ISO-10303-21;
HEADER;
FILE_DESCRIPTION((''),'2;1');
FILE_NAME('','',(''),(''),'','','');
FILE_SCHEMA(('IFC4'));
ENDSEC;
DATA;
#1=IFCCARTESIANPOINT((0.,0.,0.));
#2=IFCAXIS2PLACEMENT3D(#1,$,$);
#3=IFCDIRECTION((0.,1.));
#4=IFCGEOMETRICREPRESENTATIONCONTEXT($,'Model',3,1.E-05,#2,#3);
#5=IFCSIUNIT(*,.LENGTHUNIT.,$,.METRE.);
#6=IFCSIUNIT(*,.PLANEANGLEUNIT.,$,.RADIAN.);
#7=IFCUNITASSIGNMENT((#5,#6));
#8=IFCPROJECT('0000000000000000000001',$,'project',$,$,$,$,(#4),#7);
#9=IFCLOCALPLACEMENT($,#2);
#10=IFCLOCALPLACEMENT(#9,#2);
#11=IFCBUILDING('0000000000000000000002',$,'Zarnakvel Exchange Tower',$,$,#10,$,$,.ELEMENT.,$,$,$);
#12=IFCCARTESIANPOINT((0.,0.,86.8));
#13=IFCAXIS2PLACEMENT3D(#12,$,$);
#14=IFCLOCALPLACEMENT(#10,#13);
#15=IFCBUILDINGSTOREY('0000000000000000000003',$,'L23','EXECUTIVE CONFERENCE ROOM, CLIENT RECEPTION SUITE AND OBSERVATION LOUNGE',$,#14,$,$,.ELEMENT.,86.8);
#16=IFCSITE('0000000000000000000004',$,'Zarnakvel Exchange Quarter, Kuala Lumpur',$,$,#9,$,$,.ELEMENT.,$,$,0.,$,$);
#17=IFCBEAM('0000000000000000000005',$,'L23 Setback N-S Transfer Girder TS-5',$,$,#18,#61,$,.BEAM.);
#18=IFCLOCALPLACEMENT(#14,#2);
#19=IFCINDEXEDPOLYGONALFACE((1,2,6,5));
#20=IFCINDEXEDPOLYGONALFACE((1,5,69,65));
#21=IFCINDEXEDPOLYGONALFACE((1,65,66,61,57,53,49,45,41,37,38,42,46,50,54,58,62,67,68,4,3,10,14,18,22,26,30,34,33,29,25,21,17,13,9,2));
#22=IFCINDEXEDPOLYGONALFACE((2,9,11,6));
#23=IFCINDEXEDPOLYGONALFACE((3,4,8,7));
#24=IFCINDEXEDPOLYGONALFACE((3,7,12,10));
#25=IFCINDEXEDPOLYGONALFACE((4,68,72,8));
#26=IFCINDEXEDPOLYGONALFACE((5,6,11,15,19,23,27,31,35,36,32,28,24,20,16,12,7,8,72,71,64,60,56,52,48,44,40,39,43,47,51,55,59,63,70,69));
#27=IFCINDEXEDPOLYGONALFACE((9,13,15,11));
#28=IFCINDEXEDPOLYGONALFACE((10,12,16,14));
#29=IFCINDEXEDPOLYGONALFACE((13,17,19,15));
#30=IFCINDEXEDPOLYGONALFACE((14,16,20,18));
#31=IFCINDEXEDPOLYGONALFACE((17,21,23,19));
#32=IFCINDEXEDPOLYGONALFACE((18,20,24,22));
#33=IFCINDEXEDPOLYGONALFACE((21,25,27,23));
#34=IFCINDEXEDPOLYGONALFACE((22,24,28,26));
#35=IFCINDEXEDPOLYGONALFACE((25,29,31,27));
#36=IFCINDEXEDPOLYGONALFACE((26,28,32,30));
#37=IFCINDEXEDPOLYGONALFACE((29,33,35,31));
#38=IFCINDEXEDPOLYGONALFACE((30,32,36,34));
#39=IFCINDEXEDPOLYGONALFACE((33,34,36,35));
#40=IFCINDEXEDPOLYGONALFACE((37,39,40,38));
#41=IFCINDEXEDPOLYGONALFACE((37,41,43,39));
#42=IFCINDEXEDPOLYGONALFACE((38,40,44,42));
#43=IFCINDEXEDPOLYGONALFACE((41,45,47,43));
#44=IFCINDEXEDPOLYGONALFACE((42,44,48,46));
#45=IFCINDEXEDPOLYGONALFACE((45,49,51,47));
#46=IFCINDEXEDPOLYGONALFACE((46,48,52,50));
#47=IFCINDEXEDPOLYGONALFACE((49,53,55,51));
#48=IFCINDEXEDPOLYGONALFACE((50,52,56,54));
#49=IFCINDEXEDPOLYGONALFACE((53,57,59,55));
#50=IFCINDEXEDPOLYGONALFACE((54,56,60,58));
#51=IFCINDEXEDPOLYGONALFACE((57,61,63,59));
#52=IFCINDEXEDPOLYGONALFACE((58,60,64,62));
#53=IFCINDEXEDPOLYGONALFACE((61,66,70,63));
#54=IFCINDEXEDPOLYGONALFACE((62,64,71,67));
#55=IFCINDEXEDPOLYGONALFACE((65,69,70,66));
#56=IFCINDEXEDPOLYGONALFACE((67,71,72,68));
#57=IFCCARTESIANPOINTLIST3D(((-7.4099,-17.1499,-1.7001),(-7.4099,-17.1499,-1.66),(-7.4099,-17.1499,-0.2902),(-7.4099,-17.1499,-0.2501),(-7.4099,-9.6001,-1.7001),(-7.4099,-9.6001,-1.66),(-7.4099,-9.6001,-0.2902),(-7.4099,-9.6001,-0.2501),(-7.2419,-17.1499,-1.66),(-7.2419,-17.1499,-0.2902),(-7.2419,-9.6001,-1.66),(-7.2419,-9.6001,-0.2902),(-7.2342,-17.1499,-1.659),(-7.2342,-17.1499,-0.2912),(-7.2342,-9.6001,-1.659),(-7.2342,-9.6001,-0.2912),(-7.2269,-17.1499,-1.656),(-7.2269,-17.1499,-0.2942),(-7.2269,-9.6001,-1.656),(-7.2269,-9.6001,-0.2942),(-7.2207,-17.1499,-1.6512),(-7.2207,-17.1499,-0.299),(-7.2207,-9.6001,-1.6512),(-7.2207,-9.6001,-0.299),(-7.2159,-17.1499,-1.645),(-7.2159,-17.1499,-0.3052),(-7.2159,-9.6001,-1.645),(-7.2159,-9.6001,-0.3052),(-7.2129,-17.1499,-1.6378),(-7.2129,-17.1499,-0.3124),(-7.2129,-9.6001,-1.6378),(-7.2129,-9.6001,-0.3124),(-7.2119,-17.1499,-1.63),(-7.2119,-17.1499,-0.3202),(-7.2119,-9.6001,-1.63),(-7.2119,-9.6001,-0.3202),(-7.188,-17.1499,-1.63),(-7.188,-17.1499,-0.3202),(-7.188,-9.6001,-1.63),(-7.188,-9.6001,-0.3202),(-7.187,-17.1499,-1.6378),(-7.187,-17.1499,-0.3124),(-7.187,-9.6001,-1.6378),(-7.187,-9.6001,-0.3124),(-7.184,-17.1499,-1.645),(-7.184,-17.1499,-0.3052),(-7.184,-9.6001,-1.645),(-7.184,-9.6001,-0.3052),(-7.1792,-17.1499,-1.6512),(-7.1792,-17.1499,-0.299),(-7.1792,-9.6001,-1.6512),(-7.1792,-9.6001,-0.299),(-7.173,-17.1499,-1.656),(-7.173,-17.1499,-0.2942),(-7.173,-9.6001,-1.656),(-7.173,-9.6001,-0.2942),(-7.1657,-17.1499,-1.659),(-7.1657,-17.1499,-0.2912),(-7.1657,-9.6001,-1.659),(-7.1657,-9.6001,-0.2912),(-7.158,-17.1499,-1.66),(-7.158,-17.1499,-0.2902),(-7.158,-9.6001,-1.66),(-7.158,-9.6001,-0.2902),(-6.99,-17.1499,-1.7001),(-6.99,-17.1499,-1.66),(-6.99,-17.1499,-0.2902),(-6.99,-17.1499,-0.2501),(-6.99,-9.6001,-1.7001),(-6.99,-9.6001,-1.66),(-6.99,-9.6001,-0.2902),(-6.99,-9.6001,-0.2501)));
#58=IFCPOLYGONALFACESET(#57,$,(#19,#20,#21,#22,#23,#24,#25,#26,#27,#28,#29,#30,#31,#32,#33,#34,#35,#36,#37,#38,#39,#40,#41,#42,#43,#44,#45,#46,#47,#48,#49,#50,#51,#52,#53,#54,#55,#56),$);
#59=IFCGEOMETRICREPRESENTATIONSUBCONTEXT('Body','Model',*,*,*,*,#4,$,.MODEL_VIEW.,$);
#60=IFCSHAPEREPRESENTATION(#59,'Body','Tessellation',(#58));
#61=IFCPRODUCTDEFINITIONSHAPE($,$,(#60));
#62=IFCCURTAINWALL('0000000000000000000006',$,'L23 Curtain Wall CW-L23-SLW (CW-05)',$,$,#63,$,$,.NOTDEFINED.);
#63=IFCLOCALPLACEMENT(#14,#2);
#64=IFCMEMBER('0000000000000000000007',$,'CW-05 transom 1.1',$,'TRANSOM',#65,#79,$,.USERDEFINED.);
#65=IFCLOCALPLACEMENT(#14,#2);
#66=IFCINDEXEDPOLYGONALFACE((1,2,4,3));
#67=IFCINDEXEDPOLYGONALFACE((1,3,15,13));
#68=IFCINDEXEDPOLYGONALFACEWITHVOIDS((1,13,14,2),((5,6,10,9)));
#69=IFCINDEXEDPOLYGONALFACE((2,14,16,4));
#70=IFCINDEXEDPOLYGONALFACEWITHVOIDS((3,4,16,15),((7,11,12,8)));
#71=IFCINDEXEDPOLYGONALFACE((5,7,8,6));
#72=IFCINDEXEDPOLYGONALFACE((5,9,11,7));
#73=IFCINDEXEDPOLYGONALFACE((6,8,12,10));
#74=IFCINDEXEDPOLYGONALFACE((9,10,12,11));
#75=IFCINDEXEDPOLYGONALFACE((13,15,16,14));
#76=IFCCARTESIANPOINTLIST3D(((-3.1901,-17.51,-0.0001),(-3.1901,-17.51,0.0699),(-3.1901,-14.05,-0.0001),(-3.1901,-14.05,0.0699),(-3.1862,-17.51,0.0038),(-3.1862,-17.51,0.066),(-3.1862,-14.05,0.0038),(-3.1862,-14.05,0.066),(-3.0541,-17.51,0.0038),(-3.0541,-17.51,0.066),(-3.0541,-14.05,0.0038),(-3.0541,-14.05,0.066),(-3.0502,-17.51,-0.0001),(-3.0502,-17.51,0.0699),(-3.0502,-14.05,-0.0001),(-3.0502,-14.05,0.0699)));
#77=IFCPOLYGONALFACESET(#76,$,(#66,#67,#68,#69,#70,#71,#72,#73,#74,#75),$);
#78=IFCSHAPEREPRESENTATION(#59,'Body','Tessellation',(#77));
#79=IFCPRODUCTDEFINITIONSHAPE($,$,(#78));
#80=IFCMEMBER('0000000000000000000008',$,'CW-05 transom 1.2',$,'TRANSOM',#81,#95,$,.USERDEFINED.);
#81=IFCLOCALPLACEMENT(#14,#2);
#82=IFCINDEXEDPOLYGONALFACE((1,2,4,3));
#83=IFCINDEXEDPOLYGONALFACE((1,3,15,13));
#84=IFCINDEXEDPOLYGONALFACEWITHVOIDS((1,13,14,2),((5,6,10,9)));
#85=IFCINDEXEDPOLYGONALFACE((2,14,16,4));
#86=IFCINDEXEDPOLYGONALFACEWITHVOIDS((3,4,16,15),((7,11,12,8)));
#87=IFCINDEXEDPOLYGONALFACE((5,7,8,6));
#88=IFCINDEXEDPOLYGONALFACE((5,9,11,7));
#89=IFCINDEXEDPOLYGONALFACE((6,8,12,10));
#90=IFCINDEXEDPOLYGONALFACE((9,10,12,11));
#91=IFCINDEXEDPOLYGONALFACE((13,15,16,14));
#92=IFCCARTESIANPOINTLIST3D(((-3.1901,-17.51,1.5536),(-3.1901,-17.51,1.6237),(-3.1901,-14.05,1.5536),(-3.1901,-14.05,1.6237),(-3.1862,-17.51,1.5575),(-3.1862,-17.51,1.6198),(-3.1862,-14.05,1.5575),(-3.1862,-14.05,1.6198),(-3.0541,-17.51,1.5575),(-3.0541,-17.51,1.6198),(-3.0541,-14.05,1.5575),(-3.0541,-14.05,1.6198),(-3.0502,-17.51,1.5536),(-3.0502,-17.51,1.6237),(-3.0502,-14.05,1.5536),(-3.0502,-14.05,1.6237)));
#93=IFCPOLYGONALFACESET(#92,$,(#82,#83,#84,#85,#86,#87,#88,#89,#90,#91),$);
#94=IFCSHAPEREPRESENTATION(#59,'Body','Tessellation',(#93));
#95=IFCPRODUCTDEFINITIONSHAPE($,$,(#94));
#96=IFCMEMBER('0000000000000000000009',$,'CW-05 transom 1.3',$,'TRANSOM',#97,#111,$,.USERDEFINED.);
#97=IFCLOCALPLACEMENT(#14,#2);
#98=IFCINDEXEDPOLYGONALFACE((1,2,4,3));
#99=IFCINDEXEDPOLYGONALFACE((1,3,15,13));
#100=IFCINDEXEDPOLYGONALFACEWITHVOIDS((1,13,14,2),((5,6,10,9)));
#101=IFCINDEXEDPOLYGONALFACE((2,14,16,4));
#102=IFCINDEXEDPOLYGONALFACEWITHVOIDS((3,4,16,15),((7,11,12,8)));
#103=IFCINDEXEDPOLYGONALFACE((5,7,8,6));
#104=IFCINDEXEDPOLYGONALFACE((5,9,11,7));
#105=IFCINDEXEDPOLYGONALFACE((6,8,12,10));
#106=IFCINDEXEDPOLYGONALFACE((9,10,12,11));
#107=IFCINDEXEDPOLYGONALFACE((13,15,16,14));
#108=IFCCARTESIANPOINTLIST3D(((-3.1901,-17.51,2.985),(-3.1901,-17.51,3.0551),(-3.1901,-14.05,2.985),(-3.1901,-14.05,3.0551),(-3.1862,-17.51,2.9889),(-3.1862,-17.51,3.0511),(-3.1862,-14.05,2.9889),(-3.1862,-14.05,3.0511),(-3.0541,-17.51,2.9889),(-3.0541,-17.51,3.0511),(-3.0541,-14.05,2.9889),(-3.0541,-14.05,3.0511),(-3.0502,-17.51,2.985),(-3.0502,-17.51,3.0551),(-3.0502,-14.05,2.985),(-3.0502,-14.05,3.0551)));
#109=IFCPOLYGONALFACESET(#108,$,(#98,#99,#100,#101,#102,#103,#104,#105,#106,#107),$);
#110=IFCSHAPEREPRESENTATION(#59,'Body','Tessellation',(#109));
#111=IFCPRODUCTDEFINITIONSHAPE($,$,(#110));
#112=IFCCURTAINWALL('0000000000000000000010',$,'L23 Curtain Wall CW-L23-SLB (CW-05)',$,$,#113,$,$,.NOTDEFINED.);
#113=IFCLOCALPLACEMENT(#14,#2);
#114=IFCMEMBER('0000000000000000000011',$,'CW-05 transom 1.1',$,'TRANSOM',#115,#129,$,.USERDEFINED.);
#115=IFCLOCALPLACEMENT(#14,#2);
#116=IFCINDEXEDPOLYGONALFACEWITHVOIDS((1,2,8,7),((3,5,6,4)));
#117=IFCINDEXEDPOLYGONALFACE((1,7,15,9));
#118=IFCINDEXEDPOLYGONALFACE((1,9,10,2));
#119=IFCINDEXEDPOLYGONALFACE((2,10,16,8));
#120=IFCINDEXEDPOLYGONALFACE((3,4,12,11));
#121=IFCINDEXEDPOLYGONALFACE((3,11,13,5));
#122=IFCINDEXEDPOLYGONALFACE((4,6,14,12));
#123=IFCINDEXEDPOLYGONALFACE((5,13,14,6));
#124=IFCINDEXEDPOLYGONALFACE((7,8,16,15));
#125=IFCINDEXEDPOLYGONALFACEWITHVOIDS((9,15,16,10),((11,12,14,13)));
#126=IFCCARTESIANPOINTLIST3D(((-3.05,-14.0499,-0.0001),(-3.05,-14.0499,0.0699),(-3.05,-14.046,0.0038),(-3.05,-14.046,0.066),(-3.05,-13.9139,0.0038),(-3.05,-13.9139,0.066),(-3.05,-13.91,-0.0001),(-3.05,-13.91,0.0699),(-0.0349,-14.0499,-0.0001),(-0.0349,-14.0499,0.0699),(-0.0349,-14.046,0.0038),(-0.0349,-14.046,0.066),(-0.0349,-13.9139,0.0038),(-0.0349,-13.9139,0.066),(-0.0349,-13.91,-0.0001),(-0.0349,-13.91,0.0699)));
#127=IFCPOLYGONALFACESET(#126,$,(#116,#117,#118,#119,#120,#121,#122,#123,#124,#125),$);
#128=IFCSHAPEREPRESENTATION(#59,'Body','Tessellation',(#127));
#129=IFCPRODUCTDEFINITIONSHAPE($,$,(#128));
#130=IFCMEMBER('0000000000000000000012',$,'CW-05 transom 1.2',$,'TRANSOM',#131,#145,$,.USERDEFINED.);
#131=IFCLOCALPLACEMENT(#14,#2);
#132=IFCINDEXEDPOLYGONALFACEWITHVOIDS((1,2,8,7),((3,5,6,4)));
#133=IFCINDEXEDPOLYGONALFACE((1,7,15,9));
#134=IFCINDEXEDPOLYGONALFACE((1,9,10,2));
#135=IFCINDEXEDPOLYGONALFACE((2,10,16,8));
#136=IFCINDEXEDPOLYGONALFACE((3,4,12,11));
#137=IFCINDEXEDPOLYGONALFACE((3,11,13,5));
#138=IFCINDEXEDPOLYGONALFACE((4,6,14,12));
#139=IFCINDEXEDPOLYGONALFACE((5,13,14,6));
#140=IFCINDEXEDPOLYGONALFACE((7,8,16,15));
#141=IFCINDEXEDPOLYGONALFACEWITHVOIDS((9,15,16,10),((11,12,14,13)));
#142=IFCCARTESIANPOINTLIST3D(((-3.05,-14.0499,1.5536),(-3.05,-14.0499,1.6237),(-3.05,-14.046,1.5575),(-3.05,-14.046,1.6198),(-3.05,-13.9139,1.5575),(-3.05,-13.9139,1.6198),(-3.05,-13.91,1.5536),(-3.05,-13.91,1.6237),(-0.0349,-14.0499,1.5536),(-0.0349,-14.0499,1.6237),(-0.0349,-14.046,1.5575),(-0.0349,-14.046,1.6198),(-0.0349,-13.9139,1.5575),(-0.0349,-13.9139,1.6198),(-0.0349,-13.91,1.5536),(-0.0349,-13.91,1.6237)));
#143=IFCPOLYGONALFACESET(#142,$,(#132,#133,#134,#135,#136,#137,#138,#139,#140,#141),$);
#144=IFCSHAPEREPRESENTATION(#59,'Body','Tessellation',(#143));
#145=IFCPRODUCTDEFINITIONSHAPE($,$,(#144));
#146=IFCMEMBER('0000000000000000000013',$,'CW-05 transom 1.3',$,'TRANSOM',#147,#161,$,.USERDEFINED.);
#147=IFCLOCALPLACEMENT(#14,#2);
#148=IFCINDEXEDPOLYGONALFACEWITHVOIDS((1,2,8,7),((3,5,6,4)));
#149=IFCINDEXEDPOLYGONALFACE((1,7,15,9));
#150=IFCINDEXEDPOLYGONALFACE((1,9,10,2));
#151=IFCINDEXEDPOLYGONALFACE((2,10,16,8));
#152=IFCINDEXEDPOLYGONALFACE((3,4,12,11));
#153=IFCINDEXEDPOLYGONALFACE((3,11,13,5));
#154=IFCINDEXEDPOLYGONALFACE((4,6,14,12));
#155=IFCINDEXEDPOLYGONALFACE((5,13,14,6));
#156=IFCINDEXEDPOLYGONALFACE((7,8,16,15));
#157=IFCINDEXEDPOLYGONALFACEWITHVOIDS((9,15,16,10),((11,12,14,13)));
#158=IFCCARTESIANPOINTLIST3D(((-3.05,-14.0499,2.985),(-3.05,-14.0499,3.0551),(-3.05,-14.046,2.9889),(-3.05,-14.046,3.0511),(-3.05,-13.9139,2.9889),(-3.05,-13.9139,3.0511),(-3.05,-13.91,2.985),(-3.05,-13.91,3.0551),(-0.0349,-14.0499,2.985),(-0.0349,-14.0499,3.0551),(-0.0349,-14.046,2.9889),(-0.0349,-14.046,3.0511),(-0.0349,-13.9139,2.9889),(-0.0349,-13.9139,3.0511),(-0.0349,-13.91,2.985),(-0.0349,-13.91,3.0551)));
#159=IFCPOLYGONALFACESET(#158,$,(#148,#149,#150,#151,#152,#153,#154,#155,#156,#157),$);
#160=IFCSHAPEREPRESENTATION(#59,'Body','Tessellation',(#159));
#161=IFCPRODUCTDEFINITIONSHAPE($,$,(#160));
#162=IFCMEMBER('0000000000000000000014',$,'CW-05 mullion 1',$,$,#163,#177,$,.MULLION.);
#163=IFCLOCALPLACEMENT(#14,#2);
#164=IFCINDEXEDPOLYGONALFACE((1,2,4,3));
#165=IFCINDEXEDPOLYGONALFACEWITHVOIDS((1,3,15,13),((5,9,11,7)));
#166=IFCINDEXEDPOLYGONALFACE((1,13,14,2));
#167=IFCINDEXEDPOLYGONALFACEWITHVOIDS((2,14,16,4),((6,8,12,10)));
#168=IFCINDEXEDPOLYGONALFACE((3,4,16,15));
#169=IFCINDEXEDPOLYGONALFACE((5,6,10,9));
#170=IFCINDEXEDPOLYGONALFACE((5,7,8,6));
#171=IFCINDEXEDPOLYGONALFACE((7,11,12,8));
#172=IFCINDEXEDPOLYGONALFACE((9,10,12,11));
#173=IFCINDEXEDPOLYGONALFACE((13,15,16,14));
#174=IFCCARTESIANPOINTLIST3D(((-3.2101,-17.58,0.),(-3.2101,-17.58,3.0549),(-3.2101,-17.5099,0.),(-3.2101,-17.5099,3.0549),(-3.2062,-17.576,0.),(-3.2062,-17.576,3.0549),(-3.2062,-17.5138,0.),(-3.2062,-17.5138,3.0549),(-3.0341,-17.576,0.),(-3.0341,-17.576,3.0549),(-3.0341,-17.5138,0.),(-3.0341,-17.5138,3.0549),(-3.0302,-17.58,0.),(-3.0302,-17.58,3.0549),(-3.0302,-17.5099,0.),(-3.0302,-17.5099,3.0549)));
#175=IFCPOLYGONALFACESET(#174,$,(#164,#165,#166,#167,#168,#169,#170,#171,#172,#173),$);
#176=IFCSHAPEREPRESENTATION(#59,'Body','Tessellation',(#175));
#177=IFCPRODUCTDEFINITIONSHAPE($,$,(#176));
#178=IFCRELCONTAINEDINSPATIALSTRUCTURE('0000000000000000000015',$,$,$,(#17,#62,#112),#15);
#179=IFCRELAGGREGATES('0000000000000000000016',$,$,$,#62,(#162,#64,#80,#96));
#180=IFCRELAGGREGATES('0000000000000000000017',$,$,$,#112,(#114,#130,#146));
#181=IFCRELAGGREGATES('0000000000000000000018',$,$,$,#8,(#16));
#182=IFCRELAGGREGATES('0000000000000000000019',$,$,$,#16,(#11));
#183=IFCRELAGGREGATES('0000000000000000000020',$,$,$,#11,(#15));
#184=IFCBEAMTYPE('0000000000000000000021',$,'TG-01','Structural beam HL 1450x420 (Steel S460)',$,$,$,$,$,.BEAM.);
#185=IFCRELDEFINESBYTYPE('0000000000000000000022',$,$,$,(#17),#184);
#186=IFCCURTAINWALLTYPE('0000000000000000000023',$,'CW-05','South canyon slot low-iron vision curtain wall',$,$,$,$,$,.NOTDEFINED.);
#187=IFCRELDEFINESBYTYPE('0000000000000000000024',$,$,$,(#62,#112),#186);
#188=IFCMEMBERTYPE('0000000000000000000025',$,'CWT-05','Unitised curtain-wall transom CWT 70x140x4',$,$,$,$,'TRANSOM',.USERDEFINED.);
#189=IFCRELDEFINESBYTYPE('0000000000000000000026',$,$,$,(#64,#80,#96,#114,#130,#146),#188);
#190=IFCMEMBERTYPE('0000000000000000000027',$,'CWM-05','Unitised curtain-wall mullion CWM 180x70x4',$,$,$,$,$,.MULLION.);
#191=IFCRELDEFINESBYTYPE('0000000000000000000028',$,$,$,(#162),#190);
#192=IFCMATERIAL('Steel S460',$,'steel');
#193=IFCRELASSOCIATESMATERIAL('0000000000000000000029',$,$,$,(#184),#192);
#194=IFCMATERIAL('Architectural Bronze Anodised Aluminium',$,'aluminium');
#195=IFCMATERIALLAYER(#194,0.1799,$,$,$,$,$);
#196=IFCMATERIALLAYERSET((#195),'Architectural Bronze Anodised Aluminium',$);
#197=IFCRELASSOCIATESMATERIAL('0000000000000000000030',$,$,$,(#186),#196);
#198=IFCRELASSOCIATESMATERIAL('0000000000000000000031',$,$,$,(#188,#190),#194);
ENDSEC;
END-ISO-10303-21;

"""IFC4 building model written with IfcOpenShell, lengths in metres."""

from ifc_helpers import new_model, si_unit, direction, frame, origin, origin_2d, place, context, subcontext, project, spatial, hollow_rectangle, i_section, extrude, source, transform, mapped, material, layer, layer_set, material_profile, profile_set, type_object, element, aggregate, save


model = new_model("IFC4")

# Units and contexts
model_context = context("Model", 3, precision=1e-05, world=origin(), true_north=direction((0.0, 1.0)))
body_context = subcontext(model_context, "Body", "Model", "MODEL_VIEW")
ifc_project = project(units=[si_unit("LENGTHUNIT", "METRE"), si_unit("PLANEANGLEUNIT", "RADIAN")], contexts=[model_context])

# Site, building, storey
site_placement = place(None, origin())
site = spatial("IfcSite", under=ifc_project, at=site_placement, Name="Zarnakvel Exchange Quarter, Kuala Lumpur", CompositionType="ELEMENT", RefElevation=0.0)
building_placement = place(site_placement, origin())
building = spatial("IfcBuilding", under=site, at=building_placement, Name="Zarnakvel Exchange Tower", CompositionType="ELEMENT")
storey_placement = place(building_placement, frame((0.0, 0.0, 86.8)))
storey = spatial("IfcBuildingStorey", under=building, at=storey_placement, Name="L23", Description="EXECUTIVE CONFERENCE ROOM, CLIENT RECEPTION SUITE AND OBSERVATION LOUNGE", CompositionType="ELEMENT", Elevation=86.8)

# Beam
ifc_material_1 = material(Name="Steel S460", Category="steel")
ifc_material_profile_1 = material_profile(ifc_material_1, i_section(OverallWidth=0.4199, OverallDepth=1.45, WebThickness=0.0239, FlangeThickness=0.04, FilletRadius=0.03, at=origin_2d()))
ifc_profile_set_1 = profile_set([ifc_material_profile_1], Name="Steel S460")
beam_type_1 = type_object("IfcBeamType", Name="TG-01", Description="Structural beam HL 1450x420 (Steel S460)", PredefinedType="BEAM", material=ifc_profile_set_1)
beam_1_placement = place(storey_placement, frame((-7.2, -17.1499, -0.9751), z_axis=(0.0, 1.0, 0.0), x_axis=(-1.0, 0.0, 0.0)))
element("IfcBeam", 1, at=beam_1_placement, inside=storey, type_object=beam_type_1, Name="L23 Setback N-S Transfer Girder TS-5", PredefinedType="BEAM", context=body_context, shape_type="SweptSolid", body=[
    extrude(i_section(OverallWidth=0.4199, OverallDepth=1.45, WebThickness=0.0239, FlangeThickness=0.04, FilletRadius=0.03, at=origin_2d()), origin(), (0.0, 0.0, 1.0), 7.5498),
])

# Curtain walls, members
ifc_material_2 = material(Name="Architectural Bronze Anodised Aluminium", Category="aluminium")
ifc_layer_1 = layer(ifc_material_2, 0.1799)
ifc_layer_set_1 = layer_set([ifc_layer_1], Name="Architectural Bronze Anodised Aluminium")
curtain_wall_type = type_object("IfcCurtainWallType", Name="CW-05", Description="South canyon slot low-iron vision curtain wall", PredefinedType="NOTDEFINED", material=ifc_layer_set_1)
curtain_wall_1_placement = place(storey_placement, origin())
curtain_wall_1 = element("IfcCurtainWall", 2, at=curtain_wall_1_placement, inside=storey, type_object=curtain_wall_type, Name="L23 Curtain Wall CW-L23-SLW (CW-05)", PredefinedType="NOTDEFINED")
ifc_material_profile_2 = material_profile(ifc_material_2, hollow_rectangle(XDim=0.1399, YDim=0.0701, WallThickness=0.0039, at=origin_2d()))
ifc_profile_set_2 = profile_set([ifc_material_profile_2], Name="Architectural Bronze Anodised Aluminium")
member_type_1 = type_object("IfcMemberType", Name="CWT-05", Description="Unitised curtain-wall transom CWT 70x140x4", ElementType="TRANSOM", PredefinedType="USERDEFINED", material=ifc_profile_set_2)
shared_shape_1 = source(origin(), body_context, "Body", "SweptSolid", [
    extrude(hollow_rectangle(XDim=0.1399, YDim=0.0701, WallThickness=0.0039, at=origin_2d()), origin(), (0.0, 0.0, 1.0), 3.46),
])
member_1_placement = place(storey_placement, frame((-3.1201, -17.51, 0.0349), z_axis=(0.0, 1.0, 0.0), x_axis=(-1.0, 0.0, 0.0)))
member_1 = element("IfcMember", 3, at=member_1_placement, type_object=member_type_1, Name="CW-05 transom 1.1", ObjectType="TRANSOM", PredefinedType="USERDEFINED", context=body_context, shape_type="MappedRepresentation", body=[
    mapped(shared_shape_1, transform((0.0, 0.0, 0.0), x_axis=(1.0, 0.0, 0.0), y_axis=(0.0, 1.0, 0.0), z_axis=(0.0, 0.0, 1.0), scale=1.0)),
])
member_2_placement = place(storey_placement, frame((-3.1201, -17.51, 1.5886), z_axis=(0.0, 1.0, 0.0), x_axis=(-1.0, 0.0, 0.0)))
member_2 = element("IfcMember", 4, at=member_2_placement, type_object=member_type_1, Name="CW-05 transom 1.2", ObjectType="TRANSOM", PredefinedType="USERDEFINED", context=body_context, shape_type="MappedRepresentation", body=[
    mapped(shared_shape_1, transform((0.0, 0.0, 0.0), x_axis=(1.0, 0.0, 0.0), y_axis=(0.0, 1.0, 0.0), z_axis=(0.0, 0.0, 1.0), scale=1.0)),
])
member_3_placement = place(storey_placement, frame((-3.1201, -17.51, 3.02), z_axis=(0.0, 1.0, 0.0), x_axis=(-1.0, 0.0, 0.0)))
member_3 = element("IfcMember", 5, at=member_3_placement, type_object=member_type_1, Name="CW-05 transom 1.3", ObjectType="TRANSOM", PredefinedType="USERDEFINED", context=body_context, shape_type="MappedRepresentation", body=[
    mapped(shared_shape_1, transform((0.0, 0.0, 0.0), x_axis=(1.0, 0.0, 0.0), y_axis=(0.0, 1.0, 0.0), z_axis=(0.0, 0.0, 1.0), scale=1.0)),
])
curtain_wall_2_placement = place(storey_placement, origin())
curtain_wall_2 = element("IfcCurtainWall", 6, at=curtain_wall_2_placement, inside=storey, type_object=curtain_wall_type, Name="L23 Curtain Wall CW-L23-SLB (CW-05)", PredefinedType="NOTDEFINED")
shared_shape_2 = source(origin(), body_context, "Body", "SweptSolid", [
    extrude(hollow_rectangle(XDim=0.1399, YDim=0.0701, WallThickness=0.0039, at=origin_2d()), origin(), (0.0, 0.0, 1.0), 3.0151),
])
member_4_placement = place(storey_placement, frame((-3.05, -13.98, 0.0349), z_axis=(1.0, 0.0, 0.0), x_axis=(0.0, 1.0, 0.0)))
member_4 = element("IfcMember", 7, at=member_4_placement, type_object=member_type_1, Name="CW-05 transom 1.1", ObjectType="TRANSOM", PredefinedType="USERDEFINED", context=body_context, shape_type="MappedRepresentation", body=[
    mapped(shared_shape_2, transform((0.0, 0.0, 0.0), x_axis=(1.0, 0.0, 0.0), y_axis=(0.0, 1.0, 0.0), z_axis=(0.0, 0.0, 1.0), scale=1.0)),
])
member_5_placement = place(storey_placement, frame((-3.05, -13.98, 1.5886), z_axis=(1.0, 0.0, 0.0), x_axis=(0.0, 1.0, 0.0)))
member_5 = element("IfcMember", 8, at=member_5_placement, type_object=member_type_1, Name="CW-05 transom 1.2", ObjectType="TRANSOM", PredefinedType="USERDEFINED", context=body_context, shape_type="MappedRepresentation", body=[
    mapped(shared_shape_2, transform((0.0, 0.0, 0.0), x_axis=(1.0, 0.0, 0.0), y_axis=(0.0, 1.0, 0.0), z_axis=(0.0, 0.0, 1.0), scale=1.0)),
])
member_6_placement = place(storey_placement, frame((-3.05, -13.98, 3.02), z_axis=(1.0, 0.0, 0.0), x_axis=(0.0, 1.0, 0.0)))
member_6 = element("IfcMember", 9, at=member_6_placement, type_object=member_type_1, Name="CW-05 transom 1.3", ObjectType="TRANSOM", PredefinedType="USERDEFINED", context=body_context, shape_type="MappedRepresentation", body=[
    mapped(shared_shape_2, transform((0.0, 0.0, 0.0), x_axis=(1.0, 0.0, 0.0), y_axis=(0.0, 1.0, 0.0), z_axis=(0.0, 0.0, 1.0), scale=1.0)),
])

# Member
ifc_material_profile_3 = material_profile(ifc_material_2, hollow_rectangle(XDim=0.1799, YDim=0.0701, WallThickness=0.0039, at=origin_2d()))
ifc_profile_set_3 = profile_set([ifc_material_profile_3], Name="Architectural Bronze Anodised Aluminium")
member_type_2 = type_object("IfcMemberType", Name="CWM-05", Description="Unitised curtain-wall mullion CWM 180x70x4", PredefinedType="MULLION", material=ifc_profile_set_3)
shared_shape_3 = source(origin(), body_context, "Body", "SweptSolid", [
    extrude(hollow_rectangle(XDim=0.1799, YDim=0.0701, WallThickness=0.0039, at=origin_2d()), origin(), (0.0, 0.0, 1.0), 3.0549),
])
member_7_placement = place(storey_placement, frame((-3.1201, -17.5449, 0.0), z_axis=(0.0, 0.0, 1.0), x_axis=(-1.0, 0.0, 0.0)))
member_7 = element("IfcMember", 10, at=member_7_placement, type_object=member_type_2, Name="CW-05 mullion 1", PredefinedType="MULLION", context=body_context, shape_type="MappedRepresentation", body=[
    mapped(shared_shape_3, transform((0.0, 0.0, 0.0), x_axis=(1.0, 0.0, 0.0), y_axis=(0.0, 1.0, 0.0), z_axis=(0.0, 0.0, 1.0), scale=1.0)),
])

aggregate(curtain_wall_1, [member_7, member_1, member_2, member_3])
aggregate(curtain_wall_2, [member_4, member_5, member_6])

save(model, "model.ifc")
